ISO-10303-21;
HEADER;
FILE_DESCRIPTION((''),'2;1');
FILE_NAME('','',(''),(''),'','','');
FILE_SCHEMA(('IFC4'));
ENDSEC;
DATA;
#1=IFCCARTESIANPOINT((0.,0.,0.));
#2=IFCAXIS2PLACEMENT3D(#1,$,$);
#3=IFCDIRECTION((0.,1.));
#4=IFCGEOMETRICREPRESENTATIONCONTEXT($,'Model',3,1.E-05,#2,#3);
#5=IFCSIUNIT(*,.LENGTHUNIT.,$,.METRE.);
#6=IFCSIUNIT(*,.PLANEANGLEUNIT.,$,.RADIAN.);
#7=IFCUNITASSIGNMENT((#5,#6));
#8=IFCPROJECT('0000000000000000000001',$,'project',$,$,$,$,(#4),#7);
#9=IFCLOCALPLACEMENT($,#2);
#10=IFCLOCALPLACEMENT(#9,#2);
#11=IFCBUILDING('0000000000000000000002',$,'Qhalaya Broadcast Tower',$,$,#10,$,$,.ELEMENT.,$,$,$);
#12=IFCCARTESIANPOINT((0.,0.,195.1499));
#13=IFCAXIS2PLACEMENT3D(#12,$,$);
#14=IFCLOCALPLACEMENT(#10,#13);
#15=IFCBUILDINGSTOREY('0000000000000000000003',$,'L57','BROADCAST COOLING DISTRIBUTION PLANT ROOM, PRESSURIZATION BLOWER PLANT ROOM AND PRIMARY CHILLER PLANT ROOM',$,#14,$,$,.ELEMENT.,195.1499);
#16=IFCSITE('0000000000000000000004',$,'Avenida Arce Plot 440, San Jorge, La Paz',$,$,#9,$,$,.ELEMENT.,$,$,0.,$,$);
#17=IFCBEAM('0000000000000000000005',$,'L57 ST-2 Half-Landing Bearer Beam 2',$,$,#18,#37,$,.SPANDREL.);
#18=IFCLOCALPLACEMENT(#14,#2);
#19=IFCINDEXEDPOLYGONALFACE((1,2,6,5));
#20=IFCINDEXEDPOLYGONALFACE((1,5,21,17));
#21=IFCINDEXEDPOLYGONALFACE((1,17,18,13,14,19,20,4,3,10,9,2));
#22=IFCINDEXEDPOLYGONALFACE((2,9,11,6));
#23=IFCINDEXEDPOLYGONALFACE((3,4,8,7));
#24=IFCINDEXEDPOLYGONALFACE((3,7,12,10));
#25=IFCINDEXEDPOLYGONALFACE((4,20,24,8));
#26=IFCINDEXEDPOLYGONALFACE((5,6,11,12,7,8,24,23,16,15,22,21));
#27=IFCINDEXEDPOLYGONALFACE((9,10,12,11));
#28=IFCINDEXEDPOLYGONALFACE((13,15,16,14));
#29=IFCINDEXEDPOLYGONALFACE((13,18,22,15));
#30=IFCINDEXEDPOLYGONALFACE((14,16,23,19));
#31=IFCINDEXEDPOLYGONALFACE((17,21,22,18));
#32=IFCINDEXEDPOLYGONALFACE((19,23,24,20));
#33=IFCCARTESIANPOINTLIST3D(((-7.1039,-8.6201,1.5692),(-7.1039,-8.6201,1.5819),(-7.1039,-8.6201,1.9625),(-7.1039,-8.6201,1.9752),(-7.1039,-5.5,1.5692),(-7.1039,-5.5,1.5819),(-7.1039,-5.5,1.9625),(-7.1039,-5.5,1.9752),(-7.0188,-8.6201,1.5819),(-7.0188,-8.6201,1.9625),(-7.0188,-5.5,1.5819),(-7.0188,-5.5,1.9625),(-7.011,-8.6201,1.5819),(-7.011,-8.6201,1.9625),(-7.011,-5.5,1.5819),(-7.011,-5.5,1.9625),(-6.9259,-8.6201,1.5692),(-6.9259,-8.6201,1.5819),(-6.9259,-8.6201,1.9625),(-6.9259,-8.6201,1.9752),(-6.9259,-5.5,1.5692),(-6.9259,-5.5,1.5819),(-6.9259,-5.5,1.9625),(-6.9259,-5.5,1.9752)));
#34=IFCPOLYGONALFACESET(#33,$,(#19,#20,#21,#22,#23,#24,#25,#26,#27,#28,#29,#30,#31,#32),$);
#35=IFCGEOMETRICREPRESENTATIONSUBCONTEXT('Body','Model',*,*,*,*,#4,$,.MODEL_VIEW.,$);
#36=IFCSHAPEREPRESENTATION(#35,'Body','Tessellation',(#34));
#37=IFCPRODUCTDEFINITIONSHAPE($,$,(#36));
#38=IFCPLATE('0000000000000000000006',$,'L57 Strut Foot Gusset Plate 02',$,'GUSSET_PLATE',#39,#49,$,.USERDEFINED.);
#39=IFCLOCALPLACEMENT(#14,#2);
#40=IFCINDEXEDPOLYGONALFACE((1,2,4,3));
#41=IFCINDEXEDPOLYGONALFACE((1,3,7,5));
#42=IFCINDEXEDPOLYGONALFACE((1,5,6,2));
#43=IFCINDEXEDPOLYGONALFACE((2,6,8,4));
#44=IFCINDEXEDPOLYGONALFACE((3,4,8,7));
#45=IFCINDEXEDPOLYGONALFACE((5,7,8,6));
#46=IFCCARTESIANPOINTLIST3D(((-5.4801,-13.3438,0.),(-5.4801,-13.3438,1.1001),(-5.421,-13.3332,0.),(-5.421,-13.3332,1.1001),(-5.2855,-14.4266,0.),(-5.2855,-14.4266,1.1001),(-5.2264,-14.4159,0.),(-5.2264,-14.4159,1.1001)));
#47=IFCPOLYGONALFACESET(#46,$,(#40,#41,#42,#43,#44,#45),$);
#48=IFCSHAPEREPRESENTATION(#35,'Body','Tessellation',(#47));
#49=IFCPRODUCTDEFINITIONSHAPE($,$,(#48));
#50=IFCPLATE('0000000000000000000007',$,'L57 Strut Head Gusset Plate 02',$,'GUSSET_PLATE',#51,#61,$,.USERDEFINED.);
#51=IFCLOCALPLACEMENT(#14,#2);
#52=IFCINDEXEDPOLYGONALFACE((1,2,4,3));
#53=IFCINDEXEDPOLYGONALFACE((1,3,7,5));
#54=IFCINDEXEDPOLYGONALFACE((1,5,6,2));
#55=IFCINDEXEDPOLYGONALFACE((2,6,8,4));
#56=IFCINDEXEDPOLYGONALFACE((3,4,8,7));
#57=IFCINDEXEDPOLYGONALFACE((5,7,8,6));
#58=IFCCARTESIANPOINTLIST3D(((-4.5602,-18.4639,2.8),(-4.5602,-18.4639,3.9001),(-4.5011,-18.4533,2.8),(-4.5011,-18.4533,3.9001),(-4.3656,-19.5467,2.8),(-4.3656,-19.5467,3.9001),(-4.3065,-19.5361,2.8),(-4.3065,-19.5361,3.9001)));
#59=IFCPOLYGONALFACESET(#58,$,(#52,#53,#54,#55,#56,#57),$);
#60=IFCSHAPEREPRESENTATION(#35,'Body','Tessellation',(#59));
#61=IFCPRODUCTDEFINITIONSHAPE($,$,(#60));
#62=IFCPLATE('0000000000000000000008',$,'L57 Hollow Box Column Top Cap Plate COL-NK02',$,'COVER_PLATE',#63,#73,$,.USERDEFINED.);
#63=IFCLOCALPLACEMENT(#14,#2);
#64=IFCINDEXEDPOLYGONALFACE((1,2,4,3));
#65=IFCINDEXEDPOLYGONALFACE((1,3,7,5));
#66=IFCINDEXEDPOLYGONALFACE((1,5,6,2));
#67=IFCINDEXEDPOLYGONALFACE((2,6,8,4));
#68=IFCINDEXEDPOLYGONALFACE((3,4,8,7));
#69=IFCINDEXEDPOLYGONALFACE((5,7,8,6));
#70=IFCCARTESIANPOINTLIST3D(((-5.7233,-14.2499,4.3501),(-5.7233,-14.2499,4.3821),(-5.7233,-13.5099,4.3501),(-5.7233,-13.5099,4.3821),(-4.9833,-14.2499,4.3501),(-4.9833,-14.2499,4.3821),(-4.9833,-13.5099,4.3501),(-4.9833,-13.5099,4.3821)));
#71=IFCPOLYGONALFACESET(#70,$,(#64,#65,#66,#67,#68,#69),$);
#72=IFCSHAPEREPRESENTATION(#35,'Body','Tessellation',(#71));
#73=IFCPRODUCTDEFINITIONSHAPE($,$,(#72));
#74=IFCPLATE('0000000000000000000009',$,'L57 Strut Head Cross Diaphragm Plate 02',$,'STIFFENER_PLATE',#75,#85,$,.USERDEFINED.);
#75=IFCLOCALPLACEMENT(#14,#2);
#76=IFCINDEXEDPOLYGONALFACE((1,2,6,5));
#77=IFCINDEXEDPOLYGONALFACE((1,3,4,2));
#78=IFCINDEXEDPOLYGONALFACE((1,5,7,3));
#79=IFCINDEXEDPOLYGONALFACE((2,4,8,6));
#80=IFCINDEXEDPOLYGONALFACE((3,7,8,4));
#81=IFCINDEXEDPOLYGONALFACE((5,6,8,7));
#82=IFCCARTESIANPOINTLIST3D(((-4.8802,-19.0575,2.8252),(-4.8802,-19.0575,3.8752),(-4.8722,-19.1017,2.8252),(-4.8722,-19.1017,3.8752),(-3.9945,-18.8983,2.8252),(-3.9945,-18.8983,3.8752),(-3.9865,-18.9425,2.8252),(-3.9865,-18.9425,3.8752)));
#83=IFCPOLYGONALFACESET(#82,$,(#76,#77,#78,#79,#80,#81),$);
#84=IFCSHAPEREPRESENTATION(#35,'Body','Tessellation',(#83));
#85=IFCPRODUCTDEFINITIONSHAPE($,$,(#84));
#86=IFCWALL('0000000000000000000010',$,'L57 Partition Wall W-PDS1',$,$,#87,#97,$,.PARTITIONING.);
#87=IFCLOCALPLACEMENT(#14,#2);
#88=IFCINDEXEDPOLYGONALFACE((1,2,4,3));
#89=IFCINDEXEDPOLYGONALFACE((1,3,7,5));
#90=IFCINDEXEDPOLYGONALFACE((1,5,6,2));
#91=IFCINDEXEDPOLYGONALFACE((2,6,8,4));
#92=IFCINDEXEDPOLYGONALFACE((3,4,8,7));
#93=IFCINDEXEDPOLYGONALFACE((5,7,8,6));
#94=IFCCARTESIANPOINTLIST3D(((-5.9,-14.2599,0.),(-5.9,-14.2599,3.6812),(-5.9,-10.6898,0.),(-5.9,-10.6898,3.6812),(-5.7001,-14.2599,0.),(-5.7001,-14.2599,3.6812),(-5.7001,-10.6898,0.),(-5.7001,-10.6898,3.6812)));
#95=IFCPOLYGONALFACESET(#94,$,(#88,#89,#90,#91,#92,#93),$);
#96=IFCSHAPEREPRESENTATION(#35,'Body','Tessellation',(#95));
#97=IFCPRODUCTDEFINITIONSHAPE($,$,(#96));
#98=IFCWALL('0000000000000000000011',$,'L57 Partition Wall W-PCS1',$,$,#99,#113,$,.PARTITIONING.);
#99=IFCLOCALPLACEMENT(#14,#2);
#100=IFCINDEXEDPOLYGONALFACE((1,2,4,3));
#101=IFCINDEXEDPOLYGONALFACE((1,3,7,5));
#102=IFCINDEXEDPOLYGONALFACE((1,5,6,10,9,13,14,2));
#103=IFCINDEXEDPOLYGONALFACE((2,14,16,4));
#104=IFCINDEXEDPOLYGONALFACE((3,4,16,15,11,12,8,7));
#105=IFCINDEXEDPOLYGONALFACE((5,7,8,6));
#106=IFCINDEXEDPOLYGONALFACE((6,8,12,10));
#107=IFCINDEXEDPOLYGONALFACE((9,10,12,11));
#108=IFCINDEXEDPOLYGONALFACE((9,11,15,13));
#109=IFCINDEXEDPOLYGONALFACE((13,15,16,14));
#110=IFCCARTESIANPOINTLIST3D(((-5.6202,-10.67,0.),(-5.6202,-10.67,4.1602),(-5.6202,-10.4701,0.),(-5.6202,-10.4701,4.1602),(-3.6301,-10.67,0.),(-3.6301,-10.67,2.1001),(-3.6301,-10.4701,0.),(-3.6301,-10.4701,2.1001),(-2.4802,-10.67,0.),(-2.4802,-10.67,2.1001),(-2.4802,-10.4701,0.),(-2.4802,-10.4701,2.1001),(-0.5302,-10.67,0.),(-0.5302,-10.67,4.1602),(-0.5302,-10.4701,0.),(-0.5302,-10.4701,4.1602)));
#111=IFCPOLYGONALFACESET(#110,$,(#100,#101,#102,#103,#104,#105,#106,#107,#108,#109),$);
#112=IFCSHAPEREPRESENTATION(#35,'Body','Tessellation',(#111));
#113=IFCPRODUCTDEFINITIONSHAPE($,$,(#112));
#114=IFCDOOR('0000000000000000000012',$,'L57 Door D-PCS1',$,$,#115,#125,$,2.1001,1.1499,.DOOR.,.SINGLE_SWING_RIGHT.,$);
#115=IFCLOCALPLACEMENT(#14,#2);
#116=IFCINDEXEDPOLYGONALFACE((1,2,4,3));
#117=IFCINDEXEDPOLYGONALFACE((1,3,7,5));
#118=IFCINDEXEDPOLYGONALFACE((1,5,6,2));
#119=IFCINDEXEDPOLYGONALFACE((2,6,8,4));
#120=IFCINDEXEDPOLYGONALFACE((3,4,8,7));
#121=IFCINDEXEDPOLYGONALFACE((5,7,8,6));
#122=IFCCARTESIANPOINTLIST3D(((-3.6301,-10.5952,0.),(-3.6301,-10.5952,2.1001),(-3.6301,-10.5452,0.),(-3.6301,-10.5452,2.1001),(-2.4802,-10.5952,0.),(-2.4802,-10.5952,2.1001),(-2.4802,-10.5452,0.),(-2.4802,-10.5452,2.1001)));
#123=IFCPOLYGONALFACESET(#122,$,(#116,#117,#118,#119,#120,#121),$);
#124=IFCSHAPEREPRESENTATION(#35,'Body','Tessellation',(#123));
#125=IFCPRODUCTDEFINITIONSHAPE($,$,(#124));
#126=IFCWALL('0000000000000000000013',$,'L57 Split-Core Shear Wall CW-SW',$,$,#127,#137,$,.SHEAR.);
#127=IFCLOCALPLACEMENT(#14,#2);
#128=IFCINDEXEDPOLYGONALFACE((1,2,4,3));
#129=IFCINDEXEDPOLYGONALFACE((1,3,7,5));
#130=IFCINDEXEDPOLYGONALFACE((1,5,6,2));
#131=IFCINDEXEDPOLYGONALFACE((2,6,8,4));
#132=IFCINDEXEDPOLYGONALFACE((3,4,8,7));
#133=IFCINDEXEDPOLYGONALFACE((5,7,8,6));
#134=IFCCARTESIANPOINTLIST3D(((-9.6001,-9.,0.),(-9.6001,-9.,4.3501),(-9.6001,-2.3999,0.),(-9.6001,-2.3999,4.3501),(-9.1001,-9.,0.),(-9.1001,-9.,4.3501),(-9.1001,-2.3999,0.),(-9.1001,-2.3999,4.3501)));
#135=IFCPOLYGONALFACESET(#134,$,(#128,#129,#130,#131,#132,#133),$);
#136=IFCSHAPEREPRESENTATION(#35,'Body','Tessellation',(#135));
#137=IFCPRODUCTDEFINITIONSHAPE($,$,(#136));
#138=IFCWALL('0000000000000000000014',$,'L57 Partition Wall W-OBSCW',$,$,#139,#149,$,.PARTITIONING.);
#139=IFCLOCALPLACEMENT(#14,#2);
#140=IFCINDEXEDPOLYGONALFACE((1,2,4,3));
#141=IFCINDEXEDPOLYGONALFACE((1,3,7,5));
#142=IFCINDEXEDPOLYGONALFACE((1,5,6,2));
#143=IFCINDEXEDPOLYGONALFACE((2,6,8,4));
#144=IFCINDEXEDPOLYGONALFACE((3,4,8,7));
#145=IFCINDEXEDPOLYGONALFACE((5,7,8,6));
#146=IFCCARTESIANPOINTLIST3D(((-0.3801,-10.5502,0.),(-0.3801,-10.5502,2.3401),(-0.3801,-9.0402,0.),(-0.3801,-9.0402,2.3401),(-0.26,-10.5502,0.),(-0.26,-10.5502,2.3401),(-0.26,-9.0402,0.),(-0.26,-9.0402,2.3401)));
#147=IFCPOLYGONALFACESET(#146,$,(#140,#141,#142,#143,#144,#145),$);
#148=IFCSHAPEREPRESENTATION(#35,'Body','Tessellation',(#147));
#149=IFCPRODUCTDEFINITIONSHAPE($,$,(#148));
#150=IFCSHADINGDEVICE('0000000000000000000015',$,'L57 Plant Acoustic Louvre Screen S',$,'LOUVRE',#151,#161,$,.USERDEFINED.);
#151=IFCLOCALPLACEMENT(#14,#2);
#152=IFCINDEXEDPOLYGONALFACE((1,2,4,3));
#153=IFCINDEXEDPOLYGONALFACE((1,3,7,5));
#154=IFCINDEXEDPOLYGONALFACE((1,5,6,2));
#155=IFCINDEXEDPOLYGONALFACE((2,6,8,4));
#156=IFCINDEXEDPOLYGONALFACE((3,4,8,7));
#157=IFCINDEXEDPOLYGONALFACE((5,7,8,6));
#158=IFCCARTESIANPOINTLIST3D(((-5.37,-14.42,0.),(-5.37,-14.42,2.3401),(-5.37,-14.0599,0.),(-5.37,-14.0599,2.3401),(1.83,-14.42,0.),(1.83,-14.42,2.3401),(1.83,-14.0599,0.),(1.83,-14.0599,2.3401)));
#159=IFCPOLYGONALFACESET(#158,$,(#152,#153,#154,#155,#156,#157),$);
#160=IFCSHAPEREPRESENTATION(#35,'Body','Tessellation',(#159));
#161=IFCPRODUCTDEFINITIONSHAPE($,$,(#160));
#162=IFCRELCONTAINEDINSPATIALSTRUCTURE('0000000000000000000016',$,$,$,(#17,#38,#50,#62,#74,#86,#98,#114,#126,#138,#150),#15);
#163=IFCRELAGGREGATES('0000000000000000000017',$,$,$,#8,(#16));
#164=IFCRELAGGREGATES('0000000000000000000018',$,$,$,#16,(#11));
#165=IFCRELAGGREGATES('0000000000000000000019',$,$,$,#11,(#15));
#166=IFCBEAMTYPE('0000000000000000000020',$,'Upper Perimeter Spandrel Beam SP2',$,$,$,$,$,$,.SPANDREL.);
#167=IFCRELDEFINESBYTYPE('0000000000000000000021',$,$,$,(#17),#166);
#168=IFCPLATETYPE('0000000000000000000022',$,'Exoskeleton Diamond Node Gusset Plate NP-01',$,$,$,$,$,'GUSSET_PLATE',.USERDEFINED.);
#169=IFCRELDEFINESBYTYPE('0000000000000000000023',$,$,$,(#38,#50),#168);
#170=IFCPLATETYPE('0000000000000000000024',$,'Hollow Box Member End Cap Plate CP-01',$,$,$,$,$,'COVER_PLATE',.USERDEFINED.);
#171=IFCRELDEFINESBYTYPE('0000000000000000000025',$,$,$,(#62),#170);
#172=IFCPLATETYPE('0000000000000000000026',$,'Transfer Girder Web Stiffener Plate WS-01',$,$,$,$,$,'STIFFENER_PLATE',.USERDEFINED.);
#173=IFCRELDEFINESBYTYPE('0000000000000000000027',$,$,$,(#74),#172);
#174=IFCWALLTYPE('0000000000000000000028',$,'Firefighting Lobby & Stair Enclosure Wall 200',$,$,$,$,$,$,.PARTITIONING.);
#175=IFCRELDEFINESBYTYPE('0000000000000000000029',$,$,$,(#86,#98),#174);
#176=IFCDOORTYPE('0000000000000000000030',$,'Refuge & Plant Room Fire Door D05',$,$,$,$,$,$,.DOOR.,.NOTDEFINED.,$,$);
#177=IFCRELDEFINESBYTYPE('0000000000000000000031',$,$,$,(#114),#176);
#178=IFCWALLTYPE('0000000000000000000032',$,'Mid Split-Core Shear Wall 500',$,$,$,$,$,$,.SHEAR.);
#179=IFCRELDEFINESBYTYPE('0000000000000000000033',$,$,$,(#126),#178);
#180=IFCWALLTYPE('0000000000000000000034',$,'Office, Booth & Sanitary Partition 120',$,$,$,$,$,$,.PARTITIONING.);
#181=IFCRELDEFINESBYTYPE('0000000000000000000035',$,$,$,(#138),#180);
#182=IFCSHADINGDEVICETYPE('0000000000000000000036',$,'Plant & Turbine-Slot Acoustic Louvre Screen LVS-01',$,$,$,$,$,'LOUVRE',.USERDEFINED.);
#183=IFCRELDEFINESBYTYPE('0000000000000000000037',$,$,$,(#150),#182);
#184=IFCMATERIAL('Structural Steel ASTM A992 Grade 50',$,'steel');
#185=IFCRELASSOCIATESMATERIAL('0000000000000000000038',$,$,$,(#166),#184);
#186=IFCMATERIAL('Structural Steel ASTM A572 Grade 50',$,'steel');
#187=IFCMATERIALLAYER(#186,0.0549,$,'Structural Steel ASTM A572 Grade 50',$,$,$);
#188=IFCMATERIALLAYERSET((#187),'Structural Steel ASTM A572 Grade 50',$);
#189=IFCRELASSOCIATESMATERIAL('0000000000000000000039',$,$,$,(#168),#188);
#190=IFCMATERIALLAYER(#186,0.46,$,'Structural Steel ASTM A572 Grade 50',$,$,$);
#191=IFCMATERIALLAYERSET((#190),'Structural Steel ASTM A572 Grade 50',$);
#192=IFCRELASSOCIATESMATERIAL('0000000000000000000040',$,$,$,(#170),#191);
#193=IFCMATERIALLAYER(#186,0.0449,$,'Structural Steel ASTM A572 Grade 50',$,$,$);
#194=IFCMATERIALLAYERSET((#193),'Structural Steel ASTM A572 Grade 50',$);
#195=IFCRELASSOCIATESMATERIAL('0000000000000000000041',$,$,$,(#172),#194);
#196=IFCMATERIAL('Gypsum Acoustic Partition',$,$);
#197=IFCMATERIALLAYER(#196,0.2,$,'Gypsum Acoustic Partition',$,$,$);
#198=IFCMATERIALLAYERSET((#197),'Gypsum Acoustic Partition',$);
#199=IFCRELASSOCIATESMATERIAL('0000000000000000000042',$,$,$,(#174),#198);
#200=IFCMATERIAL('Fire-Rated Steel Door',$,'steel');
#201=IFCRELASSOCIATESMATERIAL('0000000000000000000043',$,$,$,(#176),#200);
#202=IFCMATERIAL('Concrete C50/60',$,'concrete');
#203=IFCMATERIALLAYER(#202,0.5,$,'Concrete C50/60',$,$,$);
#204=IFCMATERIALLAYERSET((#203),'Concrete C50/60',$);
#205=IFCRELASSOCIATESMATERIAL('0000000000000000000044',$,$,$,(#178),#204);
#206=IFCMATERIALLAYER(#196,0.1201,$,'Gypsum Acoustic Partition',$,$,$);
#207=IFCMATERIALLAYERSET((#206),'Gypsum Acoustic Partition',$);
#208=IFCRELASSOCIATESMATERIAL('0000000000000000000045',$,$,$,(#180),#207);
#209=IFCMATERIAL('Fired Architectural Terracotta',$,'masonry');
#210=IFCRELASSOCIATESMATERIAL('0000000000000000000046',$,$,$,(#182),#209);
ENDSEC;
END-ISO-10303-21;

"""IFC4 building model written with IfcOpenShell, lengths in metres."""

from ifc_helpers import new_model, si_unit, direction, frame, frame_2d, origin, origin_2d, place, context, subcontext, project, spatial, rectangle, i_section, extrude, material, layer, layer_set, material_profile, profile_set, type_object, element, fill, save


model = new_model("IFC4")

# Units and contexts
model_context = context("Model", 3, precision=1e-05, world=origin(), true_north=direction((0.0, 1.0)))
body_context = subcontext(model_context, "Body", "Model", "MODEL_VIEW")
ifc_project = project(units=[si_unit("LENGTHUNIT", "METRE"), si_unit("PLANEANGLEUNIT", "RADIAN")], contexts=[model_context])

# Site, building, storey
site_placement = place(None, origin())
site = spatial("IfcSite", under=ifc_project, at=site_placement, Name="Avenida Arce Plot 440, San Jorge, La Paz", CompositionType="ELEMENT", RefElevation=0.0)
building_placement = place(site_placement, origin())
building = spatial("IfcBuilding", under=site, at=building_placement, Name="Qhalaya Broadcast Tower", CompositionType="ELEMENT")
storey_placement = place(building_placement, frame((0.0, 0.0, 195.1499)))
storey = spatial("IfcBuildingStorey", under=building, at=storey_placement, Name="L57", Description="BROADCAST COOLING DISTRIBUTION PLANT ROOM, PRESSURIZATION BLOWER PLANT ROOM AND PRIMARY CHILLER PLANT ROOM", CompositionType="ELEMENT", Elevation=195.1499)

# Shared definitions
ifc_material_1 = material(Name="Concrete C50/60", Category="concrete")
ifc_material_2 = material(Name="Structural Steel ASTM A572 Grade 50", Category="steel")

# Shared definitions
ifc_material_3 = material(Name="Structural Steel ASTM A992 Grade 50", Category="steel")

# Beam
ifc_material_profile_1 = material_profile(ifc_material_3, i_section(OverallWidth=0.178, OverallDepth=0.406, WebThickness=0.0078, FlangeThickness=0.0127, at=origin_2d()), Name="W16X40")
ifc_profile_set_1 = profile_set([ifc_material_profile_1], Name="Structural Steel ASTM A992 Grade 50")
beam_type_1 = type_object("IfcBeamType", Name="Upper Perimeter Spandrel Beam SP2", PredefinedType="SPANDREL", material=ifc_profile_set_1)
for number, where, z_axis, x_axis, name in (
    (1, (-7.0149, -8.6201, 1.7722), (0.0, 1.0, 0.0), (-1.0, 0.0, 0.0), "L57 ST-2 Half-Landing Bearer Beam 2"),
):
    element("IfcBeam", number, at=place(storey_placement, frame(where, z_axis=z_axis, x_axis=x_axis)), inside=storey, type_object=beam_type_1, Name=name, PredefinedType="SPANDREL", context=body_context, shape_type="SweptSolid", body=[
        extrude(i_section(OverallWidth=0.178, OverallDepth=0.406, WebThickness=0.0078, FlangeThickness=0.0127, at=origin_2d()), origin(), (0.0, 0.0, 1.0), 3.1201),
    ])

# Plates
ifc_layer_1 = layer(ifc_material_2, 0.0549, Name="Structural Steel ASTM A572 Grade 50")
ifc_layer_set_1 = layer_set([ifc_layer_1], Name="Structural Steel ASTM A572 Grade 50")
plate_type_1 = type_object("IfcPlateType", Name="Exoskeleton Diamond Node Gusset Plate NP-01", ElementType="GUSSET_PLATE", PredefinedType="USERDEFINED", material=ifc_layer_set_1)
for number, where, z_axis, x_axis, name in (
    (2, (-5.3533, -13.8799, 0.0), (0.0, 0.0, 1.0), (0.176861, -0.984236, 0.0), "L57 Strut Foot Gusset Plate 02"),
    (3, (-4.4333, -19.0, 2.8), (0.0, 0.0, 1.0), (0.176861, -0.984236, 0.0), "L57 Strut Head Gusset Plate 02"),
):
    element("IfcPlate", number, at=place(storey_placement, frame(where, z_axis=z_axis, x_axis=x_axis)), inside=storey, type_object=plate_type_1, Name=name, ObjectType="GUSSET_PLATE", PredefinedType="USERDEFINED", context=body_context, shape_type="SweptSolid", body=[
        extrude(rectangle(XDim=1.1001, YDim=0.0601, at=origin_2d()), origin(), (0.0, 0.0, 1.0), 1.1001),
    ])
ifc_layer_2 = layer(ifc_material_2, 0.46, Name="Structural Steel ASTM A572 Grade 50")
ifc_layer_set_2 = layer_set([ifc_layer_2], Name="Structural Steel ASTM A572 Grade 50")
plate_type_2 = type_object("IfcPlateType", Name="Hollow Box Member End Cap Plate CP-01", ElementType="COVER_PLATE", PredefinedType="USERDEFINED", material=ifc_layer_set_2)
plate_1_placement = place(storey_placement, frame((-5.3533, -13.8799, 4.3501), z_axis=(0.0, 0.0, 1.0), x_axis=(1.0, 0.0, 0.0)))
element("IfcPlate", 4, at=plate_1_placement, inside=storey, type_object=plate_type_2, Name="L57 Hollow Box Column Top Cap Plate COL-NK02", ObjectType="COVER_PLATE", PredefinedType="USERDEFINED", context=body_context, shape_type="SweptSolid", body=[
    extrude(rectangle(XDim=0.74, YDim=0.74, at=origin_2d()), origin(), (0.0, 0.0, 1.0), 0.032),
])
ifc_layer_3 = layer(ifc_material_2, 0.0449, Name="Structural Steel ASTM A572 Grade 50")
ifc_layer_set_3 = layer_set([ifc_layer_3], Name="Structural Steel ASTM A572 Grade 50")
plate_type_3 = type_object("IfcPlateType", Name="Transfer Girder Web Stiffener Plate WS-01", ElementType="STIFFENER_PLATE", PredefinedType="USERDEFINED", material=ifc_layer_set_3)
plate_2_placement = place(storey_placement, frame((-4.4333, -19.0, 2.8252), z_axis=(0.0, 0.0, 1.0), x_axis=(0.984236, 0.176861, 0.0)))
element("IfcPlate", 5, at=plate_2_placement, inside=storey, type_object=plate_type_3, Name="L57 Strut Head Cross Diaphragm Plate 02", ObjectType="STIFFENER_PLATE", PredefinedType="USERDEFINED", context=body_context, shape_type="SweptSolid", body=[
    extrude(rectangle(XDim=0.8999, YDim=0.0449, at=origin_2d()), origin(), (0.0, 0.0, 1.0), 1.05),
])

# Wall
ifc_material_4 = material(Name="Gypsum Acoustic Partition")
ifc_layer_4 = layer(ifc_material_4, 0.2, Name="Gypsum Acoustic Partition")
ifc_layer_set_4 = layer_set([ifc_layer_4], Name="Gypsum Acoustic Partition")
wall_type_1 = type_object("IfcWallType", Name="Firefighting Lobby & Stair Enclosure Wall 200", PredefinedType="PARTITIONING", material=ifc_layer_set_4)
wall_1_placement = place(storey_placement, frame((-5.8, -14.26, 0.0), z_axis=(0.0, 0.0, 1.0), x_axis=(0.0, 1.0, 0.0)))
element("IfcWall", 6, at=wall_1_placement, inside=storey, type_object=wall_type_1, Name="L57 Partition Wall W-PDS1", PredefinedType="PARTITIONING", context=body_context, shape_type="SweptSolid", body=[
    extrude(rectangle(XDim=3.5701, YDim=0.2, at=frame_2d((1.7852, 0.0))), origin(), (0.0, 0.0, 1.0), 3.6812),
])

# Wall, opening, door
wall_2_placement = place(storey_placement, frame((-5.6201, -10.5701, 0.0), z_axis=(0.0, 0.0, 1.0), x_axis=(1.0, 0.0, 0.0)))
wall_2 = element("IfcWall", 7, at=wall_2_placement, inside=storey, type_object=wall_type_1, Name="L57 Partition Wall W-PCS1", PredefinedType="PARTITIONING", context=body_context, shape_type="SweptSolid", body=[
    extrude(rectangle(XDim=5.0901, YDim=0.2, at=frame_2d((2.5449, 0.0))), origin(), (0.0, 0.0, 1.0), 4.1602),
])
opening_placement = place(wall_2_placement, frame((1.99, 0.0, 0.0)))
opening = element("IfcOpeningElement", 8, at=opening_placement, cuts=wall_2, PredefinedType="OPENING", context=body_context, shape_type="SweptSolid", body=[
    extrude(rectangle(XDim=1.1499, YDim=2.1001, at=frame_2d((0.575, 1.05))), frame((0.0, 0.1121, 0.0), z_axis=(0.0, -1.0, 0.0), x_axis=(1.0, 0.0, 0.0)), (0.0, 0.0, 1.0), 0.2239),
])
ifc_material_5 = material(Name="Fire-Rated Steel Door", Category="steel")
door_type = type_object("IfcDoorType", Name="Refuge & Plant Room Fire Door D05", OperationType="NOTDEFINED", PredefinedType="DOOR", material=ifc_material_5)
door_placement = place(opening_placement, origin())
door = element("IfcDoor", 9, at=door_placement, inside=storey, type_object=door_type, Name="L57 Door D-PCS1", OperationType="SINGLE_SWING_RIGHT", OverallHeight=2.1001, OverallWidth=1.1499, PredefinedType="DOOR", context=body_context, shape_type="SweptSolid", body=[
    extrude(rectangle(XDim=1.1499, YDim=2.1001, at=frame_2d((0.575, 1.05))), frame((0.0, 0.0249, 0.0), z_axis=(0.0, -1.0, 0.0), x_axis=(1.0, 0.0, 0.0)), (0.0, 0.0, 1.0), 0.05),
])
fill(opening, door)

# Walls
ifc_layer_5 = layer(ifc_material_1, 0.5, Name="Concrete C50/60")
ifc_layer_set_5 = layer_set([ifc_layer_5], Name="Concrete C50/60")
wall_type_2 = type_object("IfcWallType", Name="Mid Split-Core Shear Wall 500", PredefinedType="SHEAR", material=ifc_layer_set_5)
wall_3_placement = place(storey_placement, frame((-9.3501, -9.0, 0.0), z_axis=(0.0, 0.0, 1.0), x_axis=(0.0, 1.0, 0.0)))
element("IfcWall", 10, at=wall_3_placement, inside=storey, type_object=wall_type_2, Name="L57 Split-Core Shear Wall CW-SW", PredefinedType="SHEAR", context=body_context, shape_type="SweptSolid", body=[
    extrude(rectangle(XDim=6.6001, YDim=0.5, at=frame_2d((3.3, 0.0))), origin(), (0.0, 0.0, 1.0), 4.3501),
])
ifc_layer_6 = layer(ifc_material_4, 0.1201, Name="Gypsum Acoustic Partition")
ifc_layer_set_6 = layer_set([ifc_layer_6], Name="Gypsum Acoustic Partition")
wall_type_3 = type_object("IfcWallType", Name="Office, Booth & Sanitary Partition 120", PredefinedType="PARTITIONING", material=ifc_layer_set_6)
wall_4_placement = place(storey_placement, frame((-0.3201, -10.55, 0.0), z_axis=(0.0, 0.0, 1.0), x_axis=(0.0, 1.0, 0.0)))
element("IfcWall", 11, at=wall_4_placement, inside=storey, type_object=wall_type_3, Name="L57 Partition Wall W-OBSCW", PredefinedType="PARTITIONING", context=body_context, shape_type="SweptSolid", body=[
    extrude(rectangle(XDim=1.51, YDim=0.1201, at=frame_2d((0.7549, 0.0))), origin(), (0.0, 0.0, 1.0), 2.3401),
])

# Shading device
ifc_material_6 = material(Name="Fired Architectural Terracotta", Category="masonry")
shading_device_type = type_object("IfcShadingDeviceType", Name="Plant & Turbine-Slot Acoustic Louvre Screen LVS-01", ElementType="LOUVRE", PredefinedType="USERDEFINED", material=ifc_material_6)
shading_device_placement = place(storey_placement, frame((-1.77, -14.24, 0.0), z_axis=(0.0, 0.0, 1.0), x_axis=(-1.0, 0.0, 0.0)))
element("IfcShadingDevice", 12, at=shading_device_placement, inside=storey, type_object=shading_device_type, Name="L57 Plant Acoustic Louvre Screen S", ObjectType="LOUVRE", PredefinedType="USERDEFINED", context=body_context, shape_type="SweptSolid", body=[
    extrude(rectangle(XDim=7.2, YDim=0.3601, at=origin_2d()), origin(), (0.0, 0.0, 1.0), 2.3401),
])

save(model, "model.ifc")
